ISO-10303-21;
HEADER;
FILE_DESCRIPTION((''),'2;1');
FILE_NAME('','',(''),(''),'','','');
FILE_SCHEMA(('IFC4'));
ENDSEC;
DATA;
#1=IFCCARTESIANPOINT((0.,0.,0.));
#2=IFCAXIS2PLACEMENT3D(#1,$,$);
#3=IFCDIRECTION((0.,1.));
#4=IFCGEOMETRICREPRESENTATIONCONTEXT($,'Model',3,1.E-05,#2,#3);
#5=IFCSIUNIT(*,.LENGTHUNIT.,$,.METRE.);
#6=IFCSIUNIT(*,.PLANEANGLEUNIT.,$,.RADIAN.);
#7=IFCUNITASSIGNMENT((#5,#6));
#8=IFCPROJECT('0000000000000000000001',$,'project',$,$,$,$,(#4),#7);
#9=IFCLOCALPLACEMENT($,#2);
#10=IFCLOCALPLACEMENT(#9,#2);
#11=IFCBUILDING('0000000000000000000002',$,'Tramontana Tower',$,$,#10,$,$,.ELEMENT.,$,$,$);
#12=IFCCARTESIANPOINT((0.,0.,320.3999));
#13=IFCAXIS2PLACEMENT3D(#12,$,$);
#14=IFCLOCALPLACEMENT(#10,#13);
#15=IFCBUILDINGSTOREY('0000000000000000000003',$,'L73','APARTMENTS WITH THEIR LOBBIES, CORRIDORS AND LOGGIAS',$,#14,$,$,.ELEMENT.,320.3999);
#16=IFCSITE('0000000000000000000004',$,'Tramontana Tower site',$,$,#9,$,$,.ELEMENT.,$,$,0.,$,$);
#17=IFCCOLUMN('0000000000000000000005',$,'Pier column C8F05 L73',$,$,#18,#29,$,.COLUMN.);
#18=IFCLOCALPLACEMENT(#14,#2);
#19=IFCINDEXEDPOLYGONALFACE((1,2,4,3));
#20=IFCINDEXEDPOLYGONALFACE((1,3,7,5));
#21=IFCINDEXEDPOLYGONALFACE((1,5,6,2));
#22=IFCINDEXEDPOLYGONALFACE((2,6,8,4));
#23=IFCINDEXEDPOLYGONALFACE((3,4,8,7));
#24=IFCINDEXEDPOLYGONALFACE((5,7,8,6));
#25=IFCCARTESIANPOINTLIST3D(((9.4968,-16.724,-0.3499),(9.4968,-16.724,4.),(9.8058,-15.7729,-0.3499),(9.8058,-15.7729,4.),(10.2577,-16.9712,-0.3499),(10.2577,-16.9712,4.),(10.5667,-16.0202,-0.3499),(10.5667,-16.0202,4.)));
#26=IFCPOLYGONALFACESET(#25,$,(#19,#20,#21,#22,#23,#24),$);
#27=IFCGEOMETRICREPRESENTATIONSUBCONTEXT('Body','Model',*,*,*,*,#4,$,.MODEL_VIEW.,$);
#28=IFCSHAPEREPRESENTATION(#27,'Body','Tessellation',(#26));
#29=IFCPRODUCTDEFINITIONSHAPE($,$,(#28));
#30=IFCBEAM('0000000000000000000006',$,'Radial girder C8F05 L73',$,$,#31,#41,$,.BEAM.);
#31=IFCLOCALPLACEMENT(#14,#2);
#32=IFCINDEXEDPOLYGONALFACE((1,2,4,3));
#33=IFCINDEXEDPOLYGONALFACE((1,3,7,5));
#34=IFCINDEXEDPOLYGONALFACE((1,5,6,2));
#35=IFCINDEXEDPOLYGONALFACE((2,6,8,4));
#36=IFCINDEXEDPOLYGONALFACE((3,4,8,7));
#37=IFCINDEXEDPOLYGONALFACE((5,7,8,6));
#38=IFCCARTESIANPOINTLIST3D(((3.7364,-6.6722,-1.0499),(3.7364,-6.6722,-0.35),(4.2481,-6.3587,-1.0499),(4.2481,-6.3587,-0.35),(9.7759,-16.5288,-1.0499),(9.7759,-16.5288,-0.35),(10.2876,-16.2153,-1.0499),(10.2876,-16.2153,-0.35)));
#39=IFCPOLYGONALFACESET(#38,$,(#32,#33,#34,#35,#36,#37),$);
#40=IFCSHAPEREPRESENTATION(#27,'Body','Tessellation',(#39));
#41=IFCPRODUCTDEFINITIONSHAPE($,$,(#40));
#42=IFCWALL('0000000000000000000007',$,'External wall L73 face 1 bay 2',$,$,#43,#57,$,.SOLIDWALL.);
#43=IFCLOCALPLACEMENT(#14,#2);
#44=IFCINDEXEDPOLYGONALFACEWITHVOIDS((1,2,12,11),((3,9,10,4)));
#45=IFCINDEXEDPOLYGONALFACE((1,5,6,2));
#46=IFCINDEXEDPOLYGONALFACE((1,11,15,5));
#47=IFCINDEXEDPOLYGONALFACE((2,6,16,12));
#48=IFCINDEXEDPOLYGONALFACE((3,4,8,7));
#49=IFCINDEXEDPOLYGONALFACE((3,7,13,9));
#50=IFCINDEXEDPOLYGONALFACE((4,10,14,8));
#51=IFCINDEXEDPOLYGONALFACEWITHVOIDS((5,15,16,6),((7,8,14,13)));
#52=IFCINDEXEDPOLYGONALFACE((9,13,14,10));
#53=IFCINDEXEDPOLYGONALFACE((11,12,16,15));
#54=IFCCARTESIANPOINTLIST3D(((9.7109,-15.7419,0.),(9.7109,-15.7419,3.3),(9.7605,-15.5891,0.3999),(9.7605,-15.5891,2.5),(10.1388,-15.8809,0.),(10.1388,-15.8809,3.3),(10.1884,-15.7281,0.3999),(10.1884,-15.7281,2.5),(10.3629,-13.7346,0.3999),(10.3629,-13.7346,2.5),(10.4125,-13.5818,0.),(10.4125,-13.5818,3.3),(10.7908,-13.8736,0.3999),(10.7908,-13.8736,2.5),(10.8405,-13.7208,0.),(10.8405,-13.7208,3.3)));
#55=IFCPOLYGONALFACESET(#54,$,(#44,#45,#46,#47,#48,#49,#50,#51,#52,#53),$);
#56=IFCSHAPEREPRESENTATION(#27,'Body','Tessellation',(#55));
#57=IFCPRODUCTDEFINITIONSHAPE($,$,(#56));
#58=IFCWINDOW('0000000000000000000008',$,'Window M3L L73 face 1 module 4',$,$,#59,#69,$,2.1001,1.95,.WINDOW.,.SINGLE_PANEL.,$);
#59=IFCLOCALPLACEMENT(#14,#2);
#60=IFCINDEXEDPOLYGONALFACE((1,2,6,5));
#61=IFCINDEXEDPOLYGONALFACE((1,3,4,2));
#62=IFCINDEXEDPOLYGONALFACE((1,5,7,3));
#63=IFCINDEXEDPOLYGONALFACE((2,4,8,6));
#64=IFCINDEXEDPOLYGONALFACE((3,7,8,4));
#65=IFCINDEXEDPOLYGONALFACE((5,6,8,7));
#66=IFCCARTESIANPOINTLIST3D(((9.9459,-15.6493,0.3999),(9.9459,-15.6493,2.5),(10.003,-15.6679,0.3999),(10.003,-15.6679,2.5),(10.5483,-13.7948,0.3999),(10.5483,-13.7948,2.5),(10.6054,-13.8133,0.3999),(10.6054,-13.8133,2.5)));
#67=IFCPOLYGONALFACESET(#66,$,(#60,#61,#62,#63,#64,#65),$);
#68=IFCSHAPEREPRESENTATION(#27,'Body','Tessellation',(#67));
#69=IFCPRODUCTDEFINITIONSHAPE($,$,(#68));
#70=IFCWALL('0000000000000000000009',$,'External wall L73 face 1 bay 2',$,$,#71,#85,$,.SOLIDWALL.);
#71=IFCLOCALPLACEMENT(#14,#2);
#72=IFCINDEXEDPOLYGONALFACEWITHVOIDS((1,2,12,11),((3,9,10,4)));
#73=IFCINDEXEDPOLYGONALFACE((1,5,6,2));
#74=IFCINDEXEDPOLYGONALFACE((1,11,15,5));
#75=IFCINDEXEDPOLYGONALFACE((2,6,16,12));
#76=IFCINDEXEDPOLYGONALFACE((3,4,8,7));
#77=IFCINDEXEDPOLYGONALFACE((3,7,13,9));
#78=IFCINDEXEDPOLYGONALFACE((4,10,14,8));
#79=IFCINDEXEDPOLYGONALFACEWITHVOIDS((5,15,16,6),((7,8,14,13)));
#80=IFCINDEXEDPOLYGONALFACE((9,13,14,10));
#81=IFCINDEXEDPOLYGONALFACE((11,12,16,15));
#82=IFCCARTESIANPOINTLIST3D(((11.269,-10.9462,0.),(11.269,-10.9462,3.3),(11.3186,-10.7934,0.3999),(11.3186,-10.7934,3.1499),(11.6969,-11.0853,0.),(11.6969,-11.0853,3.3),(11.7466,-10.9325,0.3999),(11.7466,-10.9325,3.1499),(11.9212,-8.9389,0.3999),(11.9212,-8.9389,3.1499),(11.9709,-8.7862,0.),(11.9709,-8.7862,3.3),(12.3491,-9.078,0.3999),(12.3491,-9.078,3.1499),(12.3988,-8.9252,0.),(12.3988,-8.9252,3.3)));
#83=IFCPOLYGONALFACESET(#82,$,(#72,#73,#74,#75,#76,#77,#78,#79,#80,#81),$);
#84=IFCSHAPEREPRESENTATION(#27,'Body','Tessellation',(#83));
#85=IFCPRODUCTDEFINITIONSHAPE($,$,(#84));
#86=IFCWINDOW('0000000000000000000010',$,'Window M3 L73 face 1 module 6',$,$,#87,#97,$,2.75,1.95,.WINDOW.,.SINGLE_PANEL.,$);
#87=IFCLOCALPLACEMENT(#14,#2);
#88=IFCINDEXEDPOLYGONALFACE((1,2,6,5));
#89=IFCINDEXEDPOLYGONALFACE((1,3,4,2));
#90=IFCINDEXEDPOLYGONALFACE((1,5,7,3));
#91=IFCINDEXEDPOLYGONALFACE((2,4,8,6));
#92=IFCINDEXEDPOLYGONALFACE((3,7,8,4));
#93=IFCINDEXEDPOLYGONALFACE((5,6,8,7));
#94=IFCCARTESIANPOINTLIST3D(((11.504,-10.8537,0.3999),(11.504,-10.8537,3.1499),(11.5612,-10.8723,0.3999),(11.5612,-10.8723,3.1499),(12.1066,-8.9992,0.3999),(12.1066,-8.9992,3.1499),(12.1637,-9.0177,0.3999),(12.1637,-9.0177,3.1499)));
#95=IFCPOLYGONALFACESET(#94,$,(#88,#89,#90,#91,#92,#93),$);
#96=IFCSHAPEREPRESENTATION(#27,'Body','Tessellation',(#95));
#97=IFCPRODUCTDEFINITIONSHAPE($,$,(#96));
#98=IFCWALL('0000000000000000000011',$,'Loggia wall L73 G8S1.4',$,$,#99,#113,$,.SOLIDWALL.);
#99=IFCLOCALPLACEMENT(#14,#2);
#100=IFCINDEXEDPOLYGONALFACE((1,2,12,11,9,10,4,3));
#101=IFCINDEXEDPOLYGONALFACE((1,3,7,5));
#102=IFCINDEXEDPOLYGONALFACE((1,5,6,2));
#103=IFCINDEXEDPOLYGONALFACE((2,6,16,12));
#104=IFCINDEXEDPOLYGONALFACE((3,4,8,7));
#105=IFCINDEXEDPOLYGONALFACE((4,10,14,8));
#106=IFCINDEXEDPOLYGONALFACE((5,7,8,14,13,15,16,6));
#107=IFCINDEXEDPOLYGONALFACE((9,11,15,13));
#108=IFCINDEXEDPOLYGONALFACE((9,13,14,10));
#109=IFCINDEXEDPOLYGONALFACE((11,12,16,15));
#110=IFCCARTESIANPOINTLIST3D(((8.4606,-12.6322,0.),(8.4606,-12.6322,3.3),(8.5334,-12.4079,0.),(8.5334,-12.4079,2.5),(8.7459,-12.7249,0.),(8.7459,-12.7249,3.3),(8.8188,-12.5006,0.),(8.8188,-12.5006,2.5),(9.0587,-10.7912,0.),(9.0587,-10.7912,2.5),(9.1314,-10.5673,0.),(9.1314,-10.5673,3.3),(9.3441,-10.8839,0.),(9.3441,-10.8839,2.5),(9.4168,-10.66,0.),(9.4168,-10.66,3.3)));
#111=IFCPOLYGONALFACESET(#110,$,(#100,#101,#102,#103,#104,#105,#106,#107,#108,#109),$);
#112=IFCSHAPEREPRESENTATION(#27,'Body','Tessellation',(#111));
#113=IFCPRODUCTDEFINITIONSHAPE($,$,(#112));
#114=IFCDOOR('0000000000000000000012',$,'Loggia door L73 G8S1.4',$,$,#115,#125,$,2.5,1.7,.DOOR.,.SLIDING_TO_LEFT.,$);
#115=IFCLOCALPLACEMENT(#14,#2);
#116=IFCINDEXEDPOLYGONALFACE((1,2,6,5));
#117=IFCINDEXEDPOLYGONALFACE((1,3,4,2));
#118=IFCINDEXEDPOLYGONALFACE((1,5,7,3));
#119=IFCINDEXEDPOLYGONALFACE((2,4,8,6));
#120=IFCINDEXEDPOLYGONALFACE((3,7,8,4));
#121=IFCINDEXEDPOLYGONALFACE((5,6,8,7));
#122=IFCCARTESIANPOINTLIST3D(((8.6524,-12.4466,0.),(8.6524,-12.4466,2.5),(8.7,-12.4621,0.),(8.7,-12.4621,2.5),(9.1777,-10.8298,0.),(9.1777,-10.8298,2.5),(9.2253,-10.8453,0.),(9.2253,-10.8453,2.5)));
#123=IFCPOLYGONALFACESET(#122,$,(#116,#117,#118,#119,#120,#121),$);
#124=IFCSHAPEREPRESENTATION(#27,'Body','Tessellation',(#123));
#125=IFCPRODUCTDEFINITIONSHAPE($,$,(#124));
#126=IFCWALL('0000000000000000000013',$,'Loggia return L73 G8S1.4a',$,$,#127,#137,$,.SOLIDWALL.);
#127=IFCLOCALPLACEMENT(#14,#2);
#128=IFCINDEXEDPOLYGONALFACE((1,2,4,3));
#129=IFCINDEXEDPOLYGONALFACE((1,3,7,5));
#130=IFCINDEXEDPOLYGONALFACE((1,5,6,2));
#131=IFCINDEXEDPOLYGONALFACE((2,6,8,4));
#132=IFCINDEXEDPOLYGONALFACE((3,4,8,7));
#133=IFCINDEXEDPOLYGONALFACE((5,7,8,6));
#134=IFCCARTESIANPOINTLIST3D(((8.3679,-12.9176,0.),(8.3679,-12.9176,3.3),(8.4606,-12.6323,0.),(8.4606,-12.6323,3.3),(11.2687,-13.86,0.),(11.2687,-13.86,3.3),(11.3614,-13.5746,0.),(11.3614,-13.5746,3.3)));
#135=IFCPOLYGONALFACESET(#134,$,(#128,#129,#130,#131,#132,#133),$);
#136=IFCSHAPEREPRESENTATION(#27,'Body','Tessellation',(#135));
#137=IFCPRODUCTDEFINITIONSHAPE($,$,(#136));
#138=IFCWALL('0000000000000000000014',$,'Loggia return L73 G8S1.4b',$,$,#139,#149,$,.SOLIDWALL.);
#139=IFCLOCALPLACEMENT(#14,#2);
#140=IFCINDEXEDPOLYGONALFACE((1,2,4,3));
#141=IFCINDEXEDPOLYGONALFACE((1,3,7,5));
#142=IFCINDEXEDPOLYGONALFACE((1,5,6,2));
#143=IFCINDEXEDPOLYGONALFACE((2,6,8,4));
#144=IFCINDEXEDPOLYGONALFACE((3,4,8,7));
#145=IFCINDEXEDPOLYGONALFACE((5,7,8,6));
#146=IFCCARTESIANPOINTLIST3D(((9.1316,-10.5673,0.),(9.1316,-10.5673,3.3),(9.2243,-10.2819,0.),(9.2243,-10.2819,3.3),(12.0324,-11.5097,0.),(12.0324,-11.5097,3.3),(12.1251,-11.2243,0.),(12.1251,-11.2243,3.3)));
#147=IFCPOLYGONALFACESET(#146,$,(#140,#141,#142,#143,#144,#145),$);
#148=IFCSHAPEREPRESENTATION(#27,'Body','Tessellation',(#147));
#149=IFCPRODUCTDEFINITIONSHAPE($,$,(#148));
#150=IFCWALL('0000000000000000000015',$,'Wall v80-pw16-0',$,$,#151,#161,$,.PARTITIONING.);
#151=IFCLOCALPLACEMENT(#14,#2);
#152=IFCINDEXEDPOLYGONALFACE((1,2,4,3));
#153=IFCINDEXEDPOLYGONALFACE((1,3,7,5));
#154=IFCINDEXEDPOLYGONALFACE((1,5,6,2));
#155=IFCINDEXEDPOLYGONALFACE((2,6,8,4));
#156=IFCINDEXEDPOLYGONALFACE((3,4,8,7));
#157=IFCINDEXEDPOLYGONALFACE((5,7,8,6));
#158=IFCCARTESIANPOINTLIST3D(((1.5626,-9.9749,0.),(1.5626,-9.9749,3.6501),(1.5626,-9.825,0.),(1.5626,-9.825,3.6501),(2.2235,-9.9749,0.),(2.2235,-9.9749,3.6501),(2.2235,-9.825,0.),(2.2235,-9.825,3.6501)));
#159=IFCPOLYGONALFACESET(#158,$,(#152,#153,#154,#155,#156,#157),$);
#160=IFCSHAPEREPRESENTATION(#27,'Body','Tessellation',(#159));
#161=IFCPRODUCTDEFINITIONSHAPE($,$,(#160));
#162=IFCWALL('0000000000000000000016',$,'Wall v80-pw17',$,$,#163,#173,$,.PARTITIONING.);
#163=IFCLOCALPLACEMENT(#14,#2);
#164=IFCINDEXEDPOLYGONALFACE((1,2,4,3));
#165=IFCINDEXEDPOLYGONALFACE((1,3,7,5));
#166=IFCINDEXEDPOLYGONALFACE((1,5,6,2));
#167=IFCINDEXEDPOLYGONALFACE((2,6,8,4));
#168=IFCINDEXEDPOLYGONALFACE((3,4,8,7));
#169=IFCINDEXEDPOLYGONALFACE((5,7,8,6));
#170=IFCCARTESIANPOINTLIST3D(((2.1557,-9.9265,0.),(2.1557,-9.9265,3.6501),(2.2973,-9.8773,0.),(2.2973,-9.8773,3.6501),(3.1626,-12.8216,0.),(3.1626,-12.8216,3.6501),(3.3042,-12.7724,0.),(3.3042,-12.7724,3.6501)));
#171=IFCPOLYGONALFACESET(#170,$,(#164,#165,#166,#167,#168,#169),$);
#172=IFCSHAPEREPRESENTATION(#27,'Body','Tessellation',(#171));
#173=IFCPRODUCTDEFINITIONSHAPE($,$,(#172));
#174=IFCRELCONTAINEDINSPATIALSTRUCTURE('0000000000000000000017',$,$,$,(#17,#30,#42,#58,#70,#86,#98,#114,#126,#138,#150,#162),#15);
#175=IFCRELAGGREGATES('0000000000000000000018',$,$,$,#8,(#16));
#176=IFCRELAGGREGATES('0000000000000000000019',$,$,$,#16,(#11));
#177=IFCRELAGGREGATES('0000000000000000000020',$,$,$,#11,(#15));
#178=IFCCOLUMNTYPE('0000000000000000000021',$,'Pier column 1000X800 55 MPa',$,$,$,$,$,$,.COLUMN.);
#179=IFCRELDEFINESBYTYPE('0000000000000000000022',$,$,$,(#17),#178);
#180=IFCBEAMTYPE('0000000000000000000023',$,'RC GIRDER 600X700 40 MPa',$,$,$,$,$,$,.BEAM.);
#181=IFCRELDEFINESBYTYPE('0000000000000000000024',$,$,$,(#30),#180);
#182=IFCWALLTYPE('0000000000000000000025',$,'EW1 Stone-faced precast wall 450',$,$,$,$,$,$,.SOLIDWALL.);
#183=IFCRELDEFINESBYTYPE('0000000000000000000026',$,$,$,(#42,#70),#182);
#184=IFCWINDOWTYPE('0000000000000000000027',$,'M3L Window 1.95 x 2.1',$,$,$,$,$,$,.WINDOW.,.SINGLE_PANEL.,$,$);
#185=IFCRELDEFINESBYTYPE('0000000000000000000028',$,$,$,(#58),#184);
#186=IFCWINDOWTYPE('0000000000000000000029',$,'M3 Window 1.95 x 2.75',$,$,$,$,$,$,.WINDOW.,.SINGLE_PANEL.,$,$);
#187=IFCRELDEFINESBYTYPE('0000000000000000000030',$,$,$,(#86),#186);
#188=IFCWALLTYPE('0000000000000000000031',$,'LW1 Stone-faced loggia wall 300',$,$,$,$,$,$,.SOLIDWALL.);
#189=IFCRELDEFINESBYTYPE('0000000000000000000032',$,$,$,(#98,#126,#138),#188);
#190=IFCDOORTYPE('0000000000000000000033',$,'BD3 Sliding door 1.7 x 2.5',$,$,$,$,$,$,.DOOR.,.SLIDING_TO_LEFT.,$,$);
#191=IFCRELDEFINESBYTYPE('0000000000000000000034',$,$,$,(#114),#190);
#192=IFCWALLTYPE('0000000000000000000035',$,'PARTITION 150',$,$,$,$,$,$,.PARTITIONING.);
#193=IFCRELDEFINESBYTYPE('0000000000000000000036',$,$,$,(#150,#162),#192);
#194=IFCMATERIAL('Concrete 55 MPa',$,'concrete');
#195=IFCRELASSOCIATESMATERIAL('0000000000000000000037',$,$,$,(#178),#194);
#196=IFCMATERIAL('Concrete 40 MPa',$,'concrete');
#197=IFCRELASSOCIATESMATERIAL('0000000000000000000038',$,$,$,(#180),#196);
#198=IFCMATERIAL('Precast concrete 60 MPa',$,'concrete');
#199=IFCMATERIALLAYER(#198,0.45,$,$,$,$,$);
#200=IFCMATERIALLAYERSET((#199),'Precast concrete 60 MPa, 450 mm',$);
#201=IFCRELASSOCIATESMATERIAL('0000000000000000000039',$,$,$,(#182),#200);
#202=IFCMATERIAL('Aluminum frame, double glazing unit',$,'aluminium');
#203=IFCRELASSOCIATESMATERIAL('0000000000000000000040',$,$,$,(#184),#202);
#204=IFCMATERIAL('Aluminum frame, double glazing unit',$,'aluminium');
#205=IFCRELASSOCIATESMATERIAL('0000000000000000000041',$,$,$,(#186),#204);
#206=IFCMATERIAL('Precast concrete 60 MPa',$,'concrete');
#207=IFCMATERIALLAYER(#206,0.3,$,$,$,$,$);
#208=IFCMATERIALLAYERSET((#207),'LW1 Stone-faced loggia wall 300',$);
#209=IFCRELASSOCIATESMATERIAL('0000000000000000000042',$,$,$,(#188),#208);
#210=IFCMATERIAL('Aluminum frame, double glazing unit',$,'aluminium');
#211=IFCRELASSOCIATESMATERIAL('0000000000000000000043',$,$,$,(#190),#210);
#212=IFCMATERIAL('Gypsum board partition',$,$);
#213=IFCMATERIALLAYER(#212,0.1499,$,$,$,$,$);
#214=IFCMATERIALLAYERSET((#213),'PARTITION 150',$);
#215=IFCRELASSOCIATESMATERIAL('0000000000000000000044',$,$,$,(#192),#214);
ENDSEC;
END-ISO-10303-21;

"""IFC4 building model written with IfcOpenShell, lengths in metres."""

from ifc_helpers import new_model, si_unit, direction, frame, frame_2d, origin, origin_2d, place, context, subcontext, project, spatial, rectangle, extrude, material, layer, layer_set, material_profile, profile_set, type_object, element, fill, save


model = new_model("IFC4")

# Units and contexts
model_context = context("Model", 3, precision=1e-05, world=origin(), true_north=direction((0.0, 1.0)))
body_context = subcontext(model_context, "Body", "Model", "MODEL_VIEW")
ifc_project = project(units=[si_unit("LENGTHUNIT", "METRE"), si_unit("PLANEANGLEUNIT", "RADIAN")], contexts=[model_context])

# Site, building, storey
site_placement = place(None, origin())
site = spatial("IfcSite", under=ifc_project, at=site_placement, Name="Tramontana Tower site", CompositionType="ELEMENT", RefElevation=0.0)
building_placement = place(site_placement, origin())
building = spatial("IfcBuilding", under=site, at=building_placement, Name="Tramontana Tower", CompositionType="ELEMENT")
storey_placement = place(building_placement, frame((0.0, 0.0, 320.3999)))
storey = spatial("IfcBuildingStorey", under=building, at=storey_placement, Name="L73", Description="APARTMENTS WITH THEIR LOBBIES, CORRIDORS AND LOGGIAS", CompositionType="ELEMENT", Elevation=320.3999)

# Column
ifc_material_1 = material(Name="Concrete 55 MPa", Category="concrete")
ifc_material_profile_1 = material_profile(ifc_material_1, rectangle(XDim=1.0, YDim=0.8, at=origin_2d()), Name="Pier column 1000X800 55 MPa")
ifc_profile_set_1 = profile_set([ifc_material_profile_1], Name="Concrete 55 MPa")
column_type = type_object("IfcColumnType", Name="Pier column 1000X800 55 MPa", PredefinedType="COLUMN", material=ifc_profile_set_1)
column_placement = place(storey_placement, frame((10.0317, -16.3721, -0.3499), z_axis=(0.0, 0.0, 1.0), x_axis=(0.309017, 0.951057, 0.0)))
element("IfcColumn", 1, at=column_placement, inside=storey, type_object=column_type, Name="Pier column C8F05 L73", PredefinedType="COLUMN", context=body_context, shape_type="SweptSolid", body=[
    extrude(rectangle(XDim=1.0, YDim=0.8, at=origin_2d()), origin(), (0.0, 0.0, 1.0), 4.3499),
])

# Beam
ifc_material_2 = material(Name="Concrete 40 MPa", Category="concrete")
ifc_material_profile_2 = material_profile(ifc_material_2, rectangle(XDim=0.6001, YDim=0.7, at=origin_2d()), Name="RC GIRDER 600X700 40 MPa")
ifc_profile_set_2 = profile_set([ifc_material_profile_2], Name="Concrete 40 MPa")
beam_type = type_object("IfcBeamType", Name="RC GIRDER 600X700 40 MPa", PredefinedType="BEAM", material=ifc_profile_set_2)
beam_placement = place(storey_placement, frame((10.0317, -16.3721, -0.7), z_axis=(-0.522459, 0.852665, 0.0), x_axis=(-0.852665, -0.522459, 0.0)))
element("IfcBeam", 2, at=beam_placement, inside=storey, type_object=beam_type, Name="Radial girder C8F05 L73", PredefinedType="BEAM", context=body_context, shape_type="SweptSolid", body=[
    extrude(rectangle(XDim=0.6001, YDim=0.7, at=origin_2d()), origin(), (0.0, 0.0, 1.0), 11.5598),
])

# Walls, openings, windows
ifc_material_3 = material(Name="Precast concrete 60 MPa", Category="concrete")
ifc_layer_1 = layer(ifc_material_3, 0.45)
ifc_layer_set_1 = layer_set([ifc_layer_1], Name="Precast concrete 60 MPa, 450 mm")
wall_type_1 = type_object("IfcWallType", Name="EW1 Stone-faced precast wall 450", PredefinedType="SOLIDWALL", material=ifc_layer_set_1)
wall_1_placement = place(storey_placement, frame((9.9248, -15.8115, 0.0), z_axis=(0.0, 0.0, 1.0), x_axis=(0.308931, 0.951085, 0.0)))
wall_1 = element("IfcWall", 3, at=wall_1_placement, inside=storey, type_object=wall_type_1, Name="External wall L73 face 1 bay 2", PredefinedType="SOLIDWALL", context=body_context, shape_type="SweptSolid", body=[
    extrude(rectangle(XDim=2.2712, YDim=0.45, at=frame_2d((1.1357, 0.0))), origin(), (0.0, 0.0, 1.0), 3.3),
])
opening_1_placement = place(wall_1_placement, frame((0.1606, 0.0, 0.3999)))
opening_1 = element("IfcOpeningElement", 4, at=opening_1_placement, cuts=wall_1, PredefinedType="OPENING", context=body_context, shape_type="SweptSolid", body=[
    extrude(rectangle(XDim=1.95, YDim=2.1001, at=frame_2d((0.9751, 1.05))), frame((0.0, 0.2349, 0.0), z_axis=(0.0, -1.0, 0.0), x_axis=(1.0, 0.0, 0.0)), (0.0, 0.0, 1.0), 0.47),
])
ifc_material_4 = material(Name="Aluminum frame, double glazing unit", Category="aluminium")
window_type_1 = type_object("IfcWindowType", Name="M3L Window 1.95 x 2.1", PartitioningType="SINGLE_PANEL", PredefinedType="WINDOW", material=ifc_material_4)
window_1_placement = place(opening_1_placement, origin())
window_1 = element("IfcWindow", 5, at=window_1_placement, inside=storey, type_object=window_type_1, Name="Window M3L L73 face 1 module 4", OverallHeight=2.1001, OverallWidth=1.95, PartitioningType="SINGLE_PANEL", PredefinedType="WINDOW", context=body_context, shape_type="SweptSolid", body=[
    extrude(rectangle(XDim=1.95, YDim=2.1001, at=frame_2d((0.9751, 1.05))), frame((0.0, 0.03, 0.0), z_axis=(0.0, -1.0, 0.0), x_axis=(1.0, 0.0, 0.0)), (0.0, 0.0, 1.0), 0.0601),
])
fill(opening_1, window_1)
wall_2_placement = place(storey_placement, frame((11.4829, -11.0159, 0.0), z_axis=(0.0, 0.0, 1.0), x_axis=(0.309028, 0.951053, 0.0)))
wall_2 = element("IfcWall", 6, at=wall_2_placement, inside=storey, type_object=wall_type_1, Name="External wall L73 face 1 bay 2", PredefinedType="SOLIDWALL", context=body_context, shape_type="SweptSolid", body=[
    extrude(rectangle(XDim=2.2712, YDim=0.45, at=frame_2d((1.1357, 0.0))), origin(), (0.0, 0.0, 1.0), 3.3),
])
opening_2_placement = place(wall_2_placement, frame((0.1606, 0.0, 0.3999)))
opening_2 = element("IfcOpeningElement", 7, at=opening_2_placement, cuts=wall_2, PredefinedType="OPENING", context=body_context, shape_type="SweptSolid", body=[
    extrude(rectangle(XDim=1.95, YDim=2.75, at=frame_2d((0.9751, 1.375))), frame((0.0, 0.2349, 0.0), z_axis=(0.0, -1.0, 0.0), x_axis=(1.0, 0.0, 0.0)), (0.0, 0.0, 1.0), 0.47),
])
ifc_material_5 = material(Name="Aluminum frame, double glazing unit", Category="aluminium")
window_type_2 = type_object("IfcWindowType", Name="M3 Window 1.95 x 2.75", PartitioningType="SINGLE_PANEL", PredefinedType="WINDOW", material=ifc_material_5)
window_2_placement = place(opening_2_placement, origin())
window_2 = element("IfcWindow", 8, at=window_2_placement, inside=storey, type_object=window_type_2, Name="Window M3 L73 face 1 module 6", OverallHeight=2.75, OverallWidth=1.95, PartitioningType="SINGLE_PANEL", PredefinedType="WINDOW", context=body_context, shape_type="SweptSolid", body=[
    extrude(rectangle(XDim=1.95, YDim=2.75, at=frame_2d((0.9751, 1.375))), frame((0.0, 0.03, 0.0), z_axis=(0.0, -1.0, 0.0), x_axis=(1.0, 0.0, 0.0)), (0.0, 0.0, 1.0), 0.0601),
])
fill(opening_2, window_2)

# Wall, opening, door
ifc_material_6 = material(Name="Precast concrete 60 MPa", Category="concrete")
ifc_layer_2 = layer(ifc_material_6, 0.3)
ifc_layer_set_2 = layer_set([ifc_layer_2], Name="LW1 Stone-faced loggia wall 300")
wall_type_2 = type_object("IfcWallType", Name="LW1 Stone-faced loggia wall 300", PredefinedType="SOLIDWALL", material=ifc_layer_set_2)
wall_3_placement = place(storey_placement, frame((8.6033, -12.6785, 0.0), z_axis=(0.0, 0.0, 1.0), x_axis=(0.309, 0.951062, 0.0)))
wall_3 = element("IfcWall", 9, at=wall_3_placement, inside=storey, type_object=wall_type_2, Name="Loggia wall L73 G8S1.4", PredefinedType="SOLIDWALL", context=body_context, shape_type="SweptSolid", body=[
    extrude(rectangle(XDim=2.1711, YDim=0.3, at=frame_2d((1.0854, 0.0))), origin(), (0.0, 0.0, 1.0), 3.3),
])
opening_3_placement = place(wall_3_placement, frame((0.2356, 0.0, 0.0)))
opening_3 = element("IfcOpeningElement", 10, at=opening_3_placement, cuts=wall_3, PredefinedType="OPENING", context=body_context, shape_type="SweptSolid", body=[
    extrude(rectangle(XDim=1.7, YDim=2.5, at=frame_2d((0.8501, 1.25))), frame((0.0, 0.1599, 0.0), z_axis=(0.0, -1.0, 0.0), x_axis=(1.0, 0.0, 0.0)), (0.0, 0.0, 1.0), 0.3201),
])
ifc_material_7 = material(Name="Aluminum frame, double glazing unit", Category="aluminium")
door_type_1 = type_object("IfcDoorType", Name="BD3 Sliding door 1.7 x 2.5", OperationType="SLIDING_TO_LEFT", PredefinedType="DOOR", material=ifc_material_7)
door_1_placement = place(opening_3_placement, origin())
door_1 = element("IfcDoor", 11, at=door_1_placement, inside=storey, type_object=door_type_1, Name="Loggia door L73 G8S1.4", OperationType="SLIDING_TO_LEFT", OverallHeight=2.5, OverallWidth=1.7, PredefinedType="DOOR", context=body_context, shape_type="SweptSolid", body=[
    extrude(rectangle(XDim=1.7, YDim=2.5, at=frame_2d((0.8501, 1.25))), frame((0.0, 0.0249, 0.0), z_axis=(0.0, -1.0, 0.0), x_axis=(1.0, 0.0, 0.0)), (0.0, 0.0, 1.0), 0.05),
])
fill(opening_3, door_1)

# Walls
for number, where, z_axis, x_axis, name in (
    (12, (11.3149, -13.7173, 0.0), (0.0, 0.0, 1.0), (-0.951073, 0.308967, 0.0), "Loggia return L73 G8S1.4a"),
    (13, (12.0786, -11.3669, 0.0), (0.0, 0.0, 1.0), (-0.951073, 0.308967, 0.0), "Loggia return L73 G8S1.4b"),
):
    element("IfcWall", number, at=place(storey_placement, frame(where, z_axis=z_axis, x_axis=x_axis)), inside=storey, type_object=wall_type_2, Name=name, PredefinedType="SOLIDWALL", context=body_context, shape_type="SweptSolid", body=[
        extrude(rectangle(XDim=3.05, YDim=0.3, at=frame_2d((1.5249, 0.0))), origin(), (0.0, 0.0, 1.0), 3.3),
    ])
ifc_material_8 = material(Name="Gypsum board partition")
ifc_layer_3 = layer(ifc_material_8, 0.1499)
ifc_layer_set_3 = layer_set([ifc_layer_3], Name="PARTITION 150")
wall_type_3 = type_object("IfcWallType", Name="PARTITION 150", PredefinedType="PARTITIONING", material=ifc_layer_set_3)
wall_4_placement = place(storey_placement, frame((2.2236, -9.8999, 0.0), z_axis=(0.0, 0.0, 1.0), x_axis=(-1.0, 0.0, 0.0)))
element("IfcWall", 14, at=wall_4_placement, inside=storey, type_object=wall_type_3, Name="Wall v80-pw16-0", PredefinedType="PARTITIONING", context=body_context, shape_type="SweptSolid", body=[
    extrude(rectangle(XDim=0.6609, YDim=0.1499, at=frame_2d((0.3306, 0.0))), origin(), (0.0, 0.0, 1.0), 3.6501),
])

# Wall
wall_5_placement = place(storey_placement, frame((3.2334, -12.7971, 0.0), z_axis=(0.0, 0.0, 1.0), x_axis=(-0.328484, 0.94451, 0.0)))
element("IfcWall", 15, at=wall_5_placement, inside=storey, type_object=wall_type_3, Name="Wall v80-pw17", PredefinedType="PARTITIONING", context=body_context, shape_type="SweptSolid", body=[
    extrude(rectangle(XDim=3.0652, YDim=0.1499, at=frame_2d((1.5327, 0.0))), origin(), (0.0, 0.0, 1.0), 3.6501),
])

save(model, "model.ifc")
